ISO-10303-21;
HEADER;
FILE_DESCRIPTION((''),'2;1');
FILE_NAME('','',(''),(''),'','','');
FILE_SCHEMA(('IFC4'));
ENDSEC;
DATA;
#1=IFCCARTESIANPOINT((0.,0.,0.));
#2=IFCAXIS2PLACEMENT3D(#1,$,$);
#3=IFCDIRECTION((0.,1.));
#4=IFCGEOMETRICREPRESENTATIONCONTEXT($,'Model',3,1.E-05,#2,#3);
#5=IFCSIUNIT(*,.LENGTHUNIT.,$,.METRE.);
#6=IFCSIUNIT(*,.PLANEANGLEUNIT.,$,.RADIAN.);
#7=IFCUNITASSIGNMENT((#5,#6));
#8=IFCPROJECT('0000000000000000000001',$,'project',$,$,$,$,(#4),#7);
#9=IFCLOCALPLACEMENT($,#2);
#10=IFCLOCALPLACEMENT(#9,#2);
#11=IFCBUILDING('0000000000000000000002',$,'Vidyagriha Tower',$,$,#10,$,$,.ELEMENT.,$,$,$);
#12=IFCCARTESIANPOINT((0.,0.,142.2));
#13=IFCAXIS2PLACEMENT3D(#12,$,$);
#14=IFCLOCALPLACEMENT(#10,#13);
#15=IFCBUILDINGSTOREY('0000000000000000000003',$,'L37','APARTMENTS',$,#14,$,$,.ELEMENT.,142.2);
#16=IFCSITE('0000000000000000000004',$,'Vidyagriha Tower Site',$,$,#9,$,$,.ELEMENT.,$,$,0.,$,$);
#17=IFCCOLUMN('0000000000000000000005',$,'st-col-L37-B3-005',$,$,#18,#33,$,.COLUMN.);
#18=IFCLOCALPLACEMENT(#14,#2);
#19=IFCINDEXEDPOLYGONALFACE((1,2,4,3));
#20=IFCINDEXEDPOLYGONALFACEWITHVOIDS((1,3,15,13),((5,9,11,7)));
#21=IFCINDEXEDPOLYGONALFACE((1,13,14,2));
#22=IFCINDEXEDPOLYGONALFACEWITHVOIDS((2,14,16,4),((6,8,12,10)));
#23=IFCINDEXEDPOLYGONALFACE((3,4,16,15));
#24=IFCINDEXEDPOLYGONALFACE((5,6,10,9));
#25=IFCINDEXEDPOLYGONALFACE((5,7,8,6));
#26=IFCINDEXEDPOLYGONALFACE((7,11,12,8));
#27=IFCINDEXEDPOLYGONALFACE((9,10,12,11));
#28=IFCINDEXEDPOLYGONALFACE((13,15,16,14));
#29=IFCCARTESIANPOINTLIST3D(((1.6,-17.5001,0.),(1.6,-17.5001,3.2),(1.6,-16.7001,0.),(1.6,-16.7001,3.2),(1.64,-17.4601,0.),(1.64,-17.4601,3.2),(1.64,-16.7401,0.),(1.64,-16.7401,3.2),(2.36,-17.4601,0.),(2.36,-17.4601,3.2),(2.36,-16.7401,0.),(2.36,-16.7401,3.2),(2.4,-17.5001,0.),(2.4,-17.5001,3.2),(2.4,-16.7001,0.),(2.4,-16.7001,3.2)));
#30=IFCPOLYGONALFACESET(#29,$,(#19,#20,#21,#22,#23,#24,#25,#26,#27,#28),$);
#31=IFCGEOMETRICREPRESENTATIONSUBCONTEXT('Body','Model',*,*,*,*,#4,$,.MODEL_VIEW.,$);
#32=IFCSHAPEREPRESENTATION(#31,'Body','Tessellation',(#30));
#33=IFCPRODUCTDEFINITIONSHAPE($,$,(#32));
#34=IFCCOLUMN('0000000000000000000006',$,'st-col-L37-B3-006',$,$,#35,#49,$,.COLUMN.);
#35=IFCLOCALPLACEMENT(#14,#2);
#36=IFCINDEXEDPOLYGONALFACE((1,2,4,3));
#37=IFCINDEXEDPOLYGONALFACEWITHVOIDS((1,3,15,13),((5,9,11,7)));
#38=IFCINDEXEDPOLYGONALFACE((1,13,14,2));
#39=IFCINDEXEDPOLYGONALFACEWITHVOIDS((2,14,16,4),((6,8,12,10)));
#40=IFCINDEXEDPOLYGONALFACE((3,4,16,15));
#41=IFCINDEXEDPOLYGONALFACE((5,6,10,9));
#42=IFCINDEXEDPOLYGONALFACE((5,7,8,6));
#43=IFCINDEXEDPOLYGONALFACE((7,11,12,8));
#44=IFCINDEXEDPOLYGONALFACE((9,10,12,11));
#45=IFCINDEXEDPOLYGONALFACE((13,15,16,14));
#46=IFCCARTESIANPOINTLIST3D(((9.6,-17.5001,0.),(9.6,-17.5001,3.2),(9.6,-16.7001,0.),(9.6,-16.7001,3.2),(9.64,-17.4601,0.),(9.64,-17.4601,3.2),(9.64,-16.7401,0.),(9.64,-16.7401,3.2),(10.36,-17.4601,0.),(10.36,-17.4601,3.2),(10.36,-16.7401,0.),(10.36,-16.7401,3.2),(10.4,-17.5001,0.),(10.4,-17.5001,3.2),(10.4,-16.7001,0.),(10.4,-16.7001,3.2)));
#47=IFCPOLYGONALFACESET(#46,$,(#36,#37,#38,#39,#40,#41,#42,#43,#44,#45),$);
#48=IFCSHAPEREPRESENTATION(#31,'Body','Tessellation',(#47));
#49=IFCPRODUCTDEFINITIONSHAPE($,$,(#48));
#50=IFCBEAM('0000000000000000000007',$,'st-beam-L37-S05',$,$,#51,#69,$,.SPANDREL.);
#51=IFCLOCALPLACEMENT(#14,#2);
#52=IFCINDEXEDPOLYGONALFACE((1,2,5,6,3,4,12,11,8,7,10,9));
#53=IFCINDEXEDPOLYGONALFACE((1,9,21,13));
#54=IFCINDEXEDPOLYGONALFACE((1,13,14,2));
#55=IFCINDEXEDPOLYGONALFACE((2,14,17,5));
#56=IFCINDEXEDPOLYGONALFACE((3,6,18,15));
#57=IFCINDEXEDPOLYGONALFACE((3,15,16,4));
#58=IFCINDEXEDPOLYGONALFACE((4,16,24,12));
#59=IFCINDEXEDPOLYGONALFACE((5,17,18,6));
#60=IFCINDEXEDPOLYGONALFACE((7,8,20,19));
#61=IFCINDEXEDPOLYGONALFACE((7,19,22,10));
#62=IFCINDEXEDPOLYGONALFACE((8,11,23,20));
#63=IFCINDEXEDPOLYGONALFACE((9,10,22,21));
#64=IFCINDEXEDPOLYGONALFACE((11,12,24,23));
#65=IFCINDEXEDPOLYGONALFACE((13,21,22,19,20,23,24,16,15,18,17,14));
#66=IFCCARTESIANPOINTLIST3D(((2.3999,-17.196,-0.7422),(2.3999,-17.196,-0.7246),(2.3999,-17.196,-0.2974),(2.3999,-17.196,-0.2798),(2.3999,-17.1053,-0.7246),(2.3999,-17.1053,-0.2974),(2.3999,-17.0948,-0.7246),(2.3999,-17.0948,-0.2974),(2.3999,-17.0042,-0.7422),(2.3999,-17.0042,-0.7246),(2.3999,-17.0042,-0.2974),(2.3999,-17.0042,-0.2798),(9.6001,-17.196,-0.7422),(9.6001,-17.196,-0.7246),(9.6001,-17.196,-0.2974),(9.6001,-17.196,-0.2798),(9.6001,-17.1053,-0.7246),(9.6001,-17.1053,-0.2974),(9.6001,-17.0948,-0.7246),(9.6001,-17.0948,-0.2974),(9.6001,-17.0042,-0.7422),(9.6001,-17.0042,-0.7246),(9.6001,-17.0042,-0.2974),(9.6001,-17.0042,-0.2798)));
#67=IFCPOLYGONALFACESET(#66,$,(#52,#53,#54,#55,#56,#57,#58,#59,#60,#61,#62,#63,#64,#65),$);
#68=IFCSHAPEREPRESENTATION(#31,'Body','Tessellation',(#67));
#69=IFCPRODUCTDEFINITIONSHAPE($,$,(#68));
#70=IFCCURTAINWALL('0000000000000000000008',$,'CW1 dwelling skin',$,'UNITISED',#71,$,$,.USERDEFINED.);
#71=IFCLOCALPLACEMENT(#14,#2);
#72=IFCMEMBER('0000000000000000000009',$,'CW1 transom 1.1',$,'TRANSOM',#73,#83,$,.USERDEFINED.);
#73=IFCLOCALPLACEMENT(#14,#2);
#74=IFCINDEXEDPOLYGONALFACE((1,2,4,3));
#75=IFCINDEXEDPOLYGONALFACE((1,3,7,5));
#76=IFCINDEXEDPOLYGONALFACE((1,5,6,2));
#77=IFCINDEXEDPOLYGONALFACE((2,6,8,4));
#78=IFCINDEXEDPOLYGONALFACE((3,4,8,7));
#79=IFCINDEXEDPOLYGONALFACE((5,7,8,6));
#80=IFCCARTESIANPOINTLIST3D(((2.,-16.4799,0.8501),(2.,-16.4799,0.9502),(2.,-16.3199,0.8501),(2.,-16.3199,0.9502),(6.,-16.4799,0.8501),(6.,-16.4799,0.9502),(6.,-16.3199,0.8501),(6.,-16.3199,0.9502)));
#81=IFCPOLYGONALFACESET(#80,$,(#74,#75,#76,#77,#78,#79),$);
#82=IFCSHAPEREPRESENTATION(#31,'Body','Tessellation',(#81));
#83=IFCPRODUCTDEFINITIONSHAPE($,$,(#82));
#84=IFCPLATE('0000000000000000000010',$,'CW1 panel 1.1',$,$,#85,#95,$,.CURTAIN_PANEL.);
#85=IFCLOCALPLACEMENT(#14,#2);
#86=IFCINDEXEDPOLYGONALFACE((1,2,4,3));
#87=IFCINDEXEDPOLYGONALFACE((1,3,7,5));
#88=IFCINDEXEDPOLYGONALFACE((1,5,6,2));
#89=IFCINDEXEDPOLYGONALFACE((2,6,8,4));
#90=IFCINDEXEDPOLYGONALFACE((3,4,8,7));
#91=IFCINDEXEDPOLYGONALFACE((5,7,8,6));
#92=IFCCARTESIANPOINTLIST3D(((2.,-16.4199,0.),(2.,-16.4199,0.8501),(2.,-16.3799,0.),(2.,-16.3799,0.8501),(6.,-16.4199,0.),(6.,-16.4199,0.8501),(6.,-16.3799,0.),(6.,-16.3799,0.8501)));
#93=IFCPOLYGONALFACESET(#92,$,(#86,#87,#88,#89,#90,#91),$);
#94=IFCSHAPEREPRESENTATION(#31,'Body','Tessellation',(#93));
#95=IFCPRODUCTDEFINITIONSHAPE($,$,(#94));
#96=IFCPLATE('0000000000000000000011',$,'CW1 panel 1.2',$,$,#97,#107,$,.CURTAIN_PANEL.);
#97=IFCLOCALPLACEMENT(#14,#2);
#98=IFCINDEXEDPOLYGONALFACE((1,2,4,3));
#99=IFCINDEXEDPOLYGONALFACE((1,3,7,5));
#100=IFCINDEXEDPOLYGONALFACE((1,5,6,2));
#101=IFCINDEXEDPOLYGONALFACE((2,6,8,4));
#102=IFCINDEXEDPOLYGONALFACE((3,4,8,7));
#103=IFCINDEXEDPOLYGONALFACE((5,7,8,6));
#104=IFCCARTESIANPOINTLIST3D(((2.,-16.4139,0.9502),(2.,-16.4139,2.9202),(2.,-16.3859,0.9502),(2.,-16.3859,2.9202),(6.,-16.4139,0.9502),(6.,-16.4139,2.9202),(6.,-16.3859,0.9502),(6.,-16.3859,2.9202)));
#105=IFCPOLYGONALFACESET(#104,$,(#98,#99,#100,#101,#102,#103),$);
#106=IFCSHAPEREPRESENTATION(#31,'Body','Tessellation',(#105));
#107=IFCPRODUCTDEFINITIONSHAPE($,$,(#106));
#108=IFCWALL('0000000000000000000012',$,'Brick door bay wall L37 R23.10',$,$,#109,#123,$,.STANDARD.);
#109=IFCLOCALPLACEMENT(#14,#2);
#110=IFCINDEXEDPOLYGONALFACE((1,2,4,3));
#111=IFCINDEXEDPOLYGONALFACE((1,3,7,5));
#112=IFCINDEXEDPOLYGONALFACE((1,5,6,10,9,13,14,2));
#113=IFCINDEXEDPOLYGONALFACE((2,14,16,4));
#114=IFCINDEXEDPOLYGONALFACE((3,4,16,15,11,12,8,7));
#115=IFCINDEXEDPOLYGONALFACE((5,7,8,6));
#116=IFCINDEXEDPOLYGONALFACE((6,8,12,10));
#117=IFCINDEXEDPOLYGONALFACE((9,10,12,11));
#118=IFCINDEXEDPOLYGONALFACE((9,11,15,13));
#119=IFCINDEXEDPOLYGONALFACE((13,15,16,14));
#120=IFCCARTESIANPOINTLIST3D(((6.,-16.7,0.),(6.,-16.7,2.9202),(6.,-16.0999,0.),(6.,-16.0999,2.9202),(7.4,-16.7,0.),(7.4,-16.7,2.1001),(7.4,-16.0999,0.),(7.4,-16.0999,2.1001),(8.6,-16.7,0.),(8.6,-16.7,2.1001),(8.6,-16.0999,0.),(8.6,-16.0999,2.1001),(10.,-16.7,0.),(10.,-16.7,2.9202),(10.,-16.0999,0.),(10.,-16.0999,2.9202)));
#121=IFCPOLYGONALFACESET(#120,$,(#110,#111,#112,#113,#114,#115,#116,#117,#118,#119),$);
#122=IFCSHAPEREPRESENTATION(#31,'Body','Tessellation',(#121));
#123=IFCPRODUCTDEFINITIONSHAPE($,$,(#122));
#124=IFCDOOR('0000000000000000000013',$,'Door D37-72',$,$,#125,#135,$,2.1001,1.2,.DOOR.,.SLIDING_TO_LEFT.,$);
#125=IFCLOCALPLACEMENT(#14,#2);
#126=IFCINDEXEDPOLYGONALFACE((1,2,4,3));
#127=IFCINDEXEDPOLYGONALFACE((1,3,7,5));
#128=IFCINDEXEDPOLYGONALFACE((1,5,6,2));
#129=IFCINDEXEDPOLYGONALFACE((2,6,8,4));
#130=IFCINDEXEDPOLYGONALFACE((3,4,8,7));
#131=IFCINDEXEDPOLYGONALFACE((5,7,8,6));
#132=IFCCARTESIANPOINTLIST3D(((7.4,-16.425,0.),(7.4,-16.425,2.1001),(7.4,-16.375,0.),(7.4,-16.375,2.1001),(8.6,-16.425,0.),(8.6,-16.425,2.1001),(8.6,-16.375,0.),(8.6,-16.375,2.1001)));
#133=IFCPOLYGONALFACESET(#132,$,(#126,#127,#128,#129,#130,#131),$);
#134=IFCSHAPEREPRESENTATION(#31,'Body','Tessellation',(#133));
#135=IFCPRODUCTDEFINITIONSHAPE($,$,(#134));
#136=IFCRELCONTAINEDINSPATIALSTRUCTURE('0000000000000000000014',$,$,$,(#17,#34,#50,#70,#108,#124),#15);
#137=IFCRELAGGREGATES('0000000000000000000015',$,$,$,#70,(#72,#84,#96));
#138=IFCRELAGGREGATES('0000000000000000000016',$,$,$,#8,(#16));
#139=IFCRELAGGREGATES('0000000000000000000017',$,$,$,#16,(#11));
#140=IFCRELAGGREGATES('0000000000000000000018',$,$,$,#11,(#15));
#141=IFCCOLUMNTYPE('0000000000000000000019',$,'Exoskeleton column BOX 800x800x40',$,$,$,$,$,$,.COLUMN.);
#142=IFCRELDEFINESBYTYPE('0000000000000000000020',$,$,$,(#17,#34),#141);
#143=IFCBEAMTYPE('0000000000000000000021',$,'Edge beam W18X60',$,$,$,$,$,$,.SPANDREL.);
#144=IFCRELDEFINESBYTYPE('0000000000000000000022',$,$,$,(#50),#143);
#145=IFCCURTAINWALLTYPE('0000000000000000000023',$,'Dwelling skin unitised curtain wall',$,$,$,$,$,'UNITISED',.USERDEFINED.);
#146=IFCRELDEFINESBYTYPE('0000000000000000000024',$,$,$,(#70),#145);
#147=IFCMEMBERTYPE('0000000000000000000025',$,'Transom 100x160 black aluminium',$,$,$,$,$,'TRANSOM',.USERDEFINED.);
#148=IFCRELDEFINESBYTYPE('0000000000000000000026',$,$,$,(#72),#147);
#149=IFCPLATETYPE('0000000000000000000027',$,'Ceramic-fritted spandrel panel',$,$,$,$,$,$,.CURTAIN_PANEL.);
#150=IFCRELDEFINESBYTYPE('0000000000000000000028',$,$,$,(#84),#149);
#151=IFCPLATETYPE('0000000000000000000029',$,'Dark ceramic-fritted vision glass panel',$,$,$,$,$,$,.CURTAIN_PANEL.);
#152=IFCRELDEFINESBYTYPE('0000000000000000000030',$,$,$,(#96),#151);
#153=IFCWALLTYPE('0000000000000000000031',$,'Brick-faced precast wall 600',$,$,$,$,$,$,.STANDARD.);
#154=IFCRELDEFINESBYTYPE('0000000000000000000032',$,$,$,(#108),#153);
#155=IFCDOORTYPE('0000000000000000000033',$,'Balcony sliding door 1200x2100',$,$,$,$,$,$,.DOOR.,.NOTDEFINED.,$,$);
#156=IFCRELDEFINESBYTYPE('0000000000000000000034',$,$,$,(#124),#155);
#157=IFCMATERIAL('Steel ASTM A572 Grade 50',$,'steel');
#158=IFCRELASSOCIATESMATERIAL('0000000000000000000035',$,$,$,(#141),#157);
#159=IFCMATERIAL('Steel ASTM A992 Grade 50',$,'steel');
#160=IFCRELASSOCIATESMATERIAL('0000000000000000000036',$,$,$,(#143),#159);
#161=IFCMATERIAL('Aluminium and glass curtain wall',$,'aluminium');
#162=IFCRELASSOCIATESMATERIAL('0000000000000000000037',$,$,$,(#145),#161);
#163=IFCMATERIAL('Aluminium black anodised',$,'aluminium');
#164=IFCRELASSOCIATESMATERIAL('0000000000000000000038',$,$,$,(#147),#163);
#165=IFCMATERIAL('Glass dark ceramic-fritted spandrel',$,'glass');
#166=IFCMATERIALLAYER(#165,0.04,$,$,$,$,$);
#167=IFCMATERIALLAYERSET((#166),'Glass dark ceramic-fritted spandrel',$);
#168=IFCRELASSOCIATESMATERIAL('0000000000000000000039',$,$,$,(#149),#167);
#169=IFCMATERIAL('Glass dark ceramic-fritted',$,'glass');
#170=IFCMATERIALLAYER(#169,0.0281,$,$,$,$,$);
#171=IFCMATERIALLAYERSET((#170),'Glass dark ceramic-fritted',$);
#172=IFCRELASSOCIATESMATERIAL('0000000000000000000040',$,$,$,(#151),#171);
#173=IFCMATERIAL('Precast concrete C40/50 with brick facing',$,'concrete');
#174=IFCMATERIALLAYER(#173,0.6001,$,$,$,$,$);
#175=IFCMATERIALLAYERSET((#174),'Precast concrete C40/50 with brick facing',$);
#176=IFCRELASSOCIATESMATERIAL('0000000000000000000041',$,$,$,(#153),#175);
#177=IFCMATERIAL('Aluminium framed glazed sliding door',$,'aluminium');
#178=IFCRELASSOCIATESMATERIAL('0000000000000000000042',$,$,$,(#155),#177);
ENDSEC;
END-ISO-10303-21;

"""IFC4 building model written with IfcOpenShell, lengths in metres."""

from ifc_helpers import new_model, si_unit, direction, frame, frame_2d, origin, origin_2d, place, context, subcontext, project, spatial, rectangle, hollow_rectangle, i_section, extrude, material, layer, layer_set, material_profile, profile_set, type_object, element, fill, aggregate, save


model = new_model("IFC4")

# Units and contexts
model_context = context("Model", 3, precision=1e-05, world=origin(), true_north=direction((0.0, 1.0)))
body_context = subcontext(model_context, "Body", "Model", "MODEL_VIEW")
ifc_project = project(units=[si_unit("LENGTHUNIT", "METRE"), si_unit("PLANEANGLEUNIT", "RADIAN")], contexts=[model_context])

# Site, building, storey
site_placement = place(None, origin())
site = spatial("IfcSite", under=ifc_project, at=site_placement, Name="Vidyagriha Tower Site", CompositionType="ELEMENT", RefElevation=0.0)
building_placement = place(site_placement, origin())
building = spatial("IfcBuilding", under=site, at=building_placement, Name="Vidyagriha Tower", CompositionType="ELEMENT")
storey_placement = place(building_placement, frame((0.0, 0.0, 142.2)))
storey = spatial("IfcBuildingStorey", under=building, at=storey_placement, Name="L37", Description="APARTMENTS", CompositionType="ELEMENT", Elevation=142.2)

# Columns
ifc_material_1 = material(Name="Steel ASTM A572 Grade 50", Category="steel")
ifc_material_profile_1 = material_profile(ifc_material_1, hollow_rectangle(XDim=0.8, YDim=0.8, WallThickness=0.04, at=origin_2d()), Name="BOX 800x800x40")
ifc_profile_set_1 = profile_set([ifc_material_profile_1], Name="Steel ASTM A572 Grade 50")
column_type = type_object("IfcColumnType", Name="Exoskeleton column BOX 800x800x40", PredefinedType="COLUMN", material=ifc_profile_set_1)
for number, where, name in (
    (1, (2.0, -17.1001, 0.0), "st-col-L37-B3-005"),
    (2, (10.0, -17.1001, 0.0), "st-col-L37-B3-006"),
):
    element("IfcColumn", number, at=place(storey_placement, frame(where)), inside=storey, type_object=column_type, Name=name, PredefinedType="COLUMN", context=body_context, shape_type="SweptSolid", body=[
        extrude(hollow_rectangle(XDim=0.8, YDim=0.8, WallThickness=0.04, at=origin_2d()), origin(), (0.0, 0.0, 1.0), 3.2),
    ])

# Beam
ifc_material_2 = material(Name="Steel ASTM A992 Grade 50", Category="steel")
ifc_material_profile_2 = material_profile(ifc_material_2, i_section(OverallWidth=0.1919, OverallDepth=0.4624, WebThickness=0.0105, FlangeThickness=0.0176, at=origin_2d()), Name="W18X60")
ifc_profile_set_2 = profile_set([ifc_material_profile_2], Name="Steel ASTM A992 Grade 50")
beam_type = type_object("IfcBeamType", Name="Edge beam W18X60", PredefinedType="SPANDREL", material=ifc_profile_set_2)
beam_placement = place(storey_placement, frame((2.3999, -17.1001, -0.511), z_axis=(1.0, 0.0, 0.0), x_axis=(0.0, 1.0, 0.0)))
element("IfcBeam", 3, at=beam_placement, inside=storey, type_object=beam_type, Name="st-beam-L37-S05", PredefinedType="SPANDREL", context=body_context, shape_type="SweptSolid", body=[
    extrude(i_section(OverallWidth=0.1919, OverallDepth=0.4624, WebThickness=0.0105, FlangeThickness=0.0176, at=origin_2d()), origin(), (0.0, 0.0, 1.0), 7.2002),
])

# Curtain wall, member, plates
ifc_material_3 = material(Name="Aluminium and glass curtain wall", Category="aluminium")
curtain_wall_type = type_object("IfcCurtainWallType", Name="Dwelling skin unitised curtain wall", ElementType="UNITISED", PredefinedType="USERDEFINED", material=ifc_material_3)
curtain_wall_placement = place(storey_placement, origin())
curtain_wall = element("IfcCurtainWall", 4, at=curtain_wall_placement, inside=storey, type_object=curtain_wall_type, Name="CW1 dwelling skin", ObjectType="UNITISED", PredefinedType="USERDEFINED")
ifc_material_4 = material(Name="Aluminium black anodised", Category="aluminium")
ifc_material_profile_3 = material_profile(ifc_material_4, rectangle(XDim=0.1599, YDim=0.1001, at=origin_2d()), Name="Transom 100x160 black aluminium")
ifc_profile_set_3 = profile_set([ifc_material_profile_3], Name="Aluminium black anodised")
member_type = type_object("IfcMemberType", Name="Transom 100x160 black aluminium", ElementType="TRANSOM", PredefinedType="USERDEFINED", material=ifc_profile_set_3)
member_placement = place(storey_placement, frame((2.0, -16.3999, 0.9001), z_axis=(1.0, 0.0, 0.0), x_axis=(0.0, 1.0, 0.0)))
member = element("IfcMember", 5, at=member_placement, type_object=member_type, Name="CW1 transom 1.1", ObjectType="TRANSOM", PredefinedType="USERDEFINED", context=body_context, shape_type="SweptSolid", body=[
    extrude(rectangle(XDim=0.1599, YDim=0.1001, at=origin_2d()), origin(), (0.0, 0.0, 1.0), 4.0),
])
ifc_material_5 = material(Name="Glass dark ceramic-fritted spandrel", Category="glass")
ifc_layer_1 = layer(ifc_material_5, 0.04)
ifc_layer_set_1 = layer_set([ifc_layer_1], Name="Glass dark ceramic-fritted spandrel")
plate_type_1 = type_object("IfcPlateType", Name="Ceramic-fritted spandrel panel", PredefinedType="CURTAIN_PANEL", material=ifc_layer_set_1)
plate_1_placement = place(storey_placement, frame((4.0, -16.3999, 0.0)))
plate_1 = element("IfcPlate", 6, at=plate_1_placement, type_object=plate_type_1, Name="CW1 panel 1.1", PredefinedType="CURTAIN_PANEL", context=body_context, shape_type="SweptSolid", body=[
    extrude(rectangle(XDim=4.0, YDim=0.04, at=origin_2d()), origin(), (0.0, 0.0, 1.0), 0.8501),
])
ifc_material_6 = material(Name="Glass dark ceramic-fritted", Category="glass")
ifc_layer_2 = layer(ifc_material_6, 0.0281)
ifc_layer_set_2 = layer_set([ifc_layer_2], Name="Glass dark ceramic-fritted")
plate_type_2 = type_object("IfcPlateType", Name="Dark ceramic-fritted vision glass panel", PredefinedType="CURTAIN_PANEL", material=ifc_layer_set_2)
plate_2_placement = place(storey_placement, frame((4.0, -16.3999, 0.9502)))
plate_2 = element("IfcPlate", 7, at=plate_2_placement, type_object=plate_type_2, Name="CW1 panel 1.2", PredefinedType="CURTAIN_PANEL", context=body_context, shape_type="SweptSolid", body=[
    extrude(rectangle(XDim=4.0, YDim=0.0281, at=origin_2d()), origin(), (0.0, 0.0, 1.0), 1.97),
])
aggregate(curtain_wall, [member, plate_1, plate_2])

# Wall, opening, door
ifc_material_7 = material(Name="Precast concrete C40/50 with brick facing", Category="concrete")
ifc_layer_3 = layer(ifc_material_7, 0.6001)
ifc_layer_set_3 = layer_set([ifc_layer_3], Name="Precast concrete C40/50 with brick facing")
wall_type = type_object("IfcWallType", Name="Brick-faced precast wall 600", PredefinedType="STANDARD", material=ifc_layer_set_3)
wall_placement = place(storey_placement, frame((6.0, -16.3999, 0.0)))
wall = element("IfcWall", 8, at=wall_placement, inside=storey, type_object=wall_type, Name="Brick door bay wall L37 R23.10", PredefinedType="STANDARD", context=body_context, shape_type="SweptSolid", body=[
    extrude(rectangle(XDim=4.0, YDim=0.6001, at=frame_2d((2.0, 0.0))), origin(), (0.0, 0.0, 1.0), 2.9202),
])
opening_placement = place(wall_placement, frame((1.3999, 0.0, 0.0)))
opening = element("IfcOpeningElement", 9, at=opening_placement, cuts=wall, PredefinedType="OPENING", context=body_context, shape_type="SweptSolid", body=[
    extrude(rectangle(XDim=1.2, YDim=2.1001, at=frame_2d((0.6001, 1.05))), frame((0.0, 0.3101, 0.0), z_axis=(0.0, -1.0, 0.0), x_axis=(1.0, 0.0, 0.0)), (0.0, 0.0, 1.0), 0.6201),
])
ifc_material_8 = material(Name="Aluminium framed glazed sliding door", Category="aluminium")
door_type = type_object("IfcDoorType", Name="Balcony sliding door 1200x2100", OperationType="NOTDEFINED", PredefinedType="DOOR", material=ifc_material_8)
door_placement = place(opening_placement, origin())
door = element("IfcDoor", 10, at=door_placement, inside=storey, type_object=door_type, Name="Door D37-72", OperationType="SLIDING_TO_LEFT", OverallHeight=2.1001, OverallWidth=1.2, PredefinedType="DOOR", context=body_context, shape_type="SweptSolid", body=[
    extrude(rectangle(XDim=1.2, YDim=2.1001, at=frame_2d((0.6001, 1.05))), frame((0.0, 0.0249, 0.0), z_axis=(0.0, -1.0, 0.0), x_axis=(1.0, 0.0, 0.0)), (0.0, 0.0, 1.0), 0.05),
])
fill(opening, door)

save(model, "model.ifc")
